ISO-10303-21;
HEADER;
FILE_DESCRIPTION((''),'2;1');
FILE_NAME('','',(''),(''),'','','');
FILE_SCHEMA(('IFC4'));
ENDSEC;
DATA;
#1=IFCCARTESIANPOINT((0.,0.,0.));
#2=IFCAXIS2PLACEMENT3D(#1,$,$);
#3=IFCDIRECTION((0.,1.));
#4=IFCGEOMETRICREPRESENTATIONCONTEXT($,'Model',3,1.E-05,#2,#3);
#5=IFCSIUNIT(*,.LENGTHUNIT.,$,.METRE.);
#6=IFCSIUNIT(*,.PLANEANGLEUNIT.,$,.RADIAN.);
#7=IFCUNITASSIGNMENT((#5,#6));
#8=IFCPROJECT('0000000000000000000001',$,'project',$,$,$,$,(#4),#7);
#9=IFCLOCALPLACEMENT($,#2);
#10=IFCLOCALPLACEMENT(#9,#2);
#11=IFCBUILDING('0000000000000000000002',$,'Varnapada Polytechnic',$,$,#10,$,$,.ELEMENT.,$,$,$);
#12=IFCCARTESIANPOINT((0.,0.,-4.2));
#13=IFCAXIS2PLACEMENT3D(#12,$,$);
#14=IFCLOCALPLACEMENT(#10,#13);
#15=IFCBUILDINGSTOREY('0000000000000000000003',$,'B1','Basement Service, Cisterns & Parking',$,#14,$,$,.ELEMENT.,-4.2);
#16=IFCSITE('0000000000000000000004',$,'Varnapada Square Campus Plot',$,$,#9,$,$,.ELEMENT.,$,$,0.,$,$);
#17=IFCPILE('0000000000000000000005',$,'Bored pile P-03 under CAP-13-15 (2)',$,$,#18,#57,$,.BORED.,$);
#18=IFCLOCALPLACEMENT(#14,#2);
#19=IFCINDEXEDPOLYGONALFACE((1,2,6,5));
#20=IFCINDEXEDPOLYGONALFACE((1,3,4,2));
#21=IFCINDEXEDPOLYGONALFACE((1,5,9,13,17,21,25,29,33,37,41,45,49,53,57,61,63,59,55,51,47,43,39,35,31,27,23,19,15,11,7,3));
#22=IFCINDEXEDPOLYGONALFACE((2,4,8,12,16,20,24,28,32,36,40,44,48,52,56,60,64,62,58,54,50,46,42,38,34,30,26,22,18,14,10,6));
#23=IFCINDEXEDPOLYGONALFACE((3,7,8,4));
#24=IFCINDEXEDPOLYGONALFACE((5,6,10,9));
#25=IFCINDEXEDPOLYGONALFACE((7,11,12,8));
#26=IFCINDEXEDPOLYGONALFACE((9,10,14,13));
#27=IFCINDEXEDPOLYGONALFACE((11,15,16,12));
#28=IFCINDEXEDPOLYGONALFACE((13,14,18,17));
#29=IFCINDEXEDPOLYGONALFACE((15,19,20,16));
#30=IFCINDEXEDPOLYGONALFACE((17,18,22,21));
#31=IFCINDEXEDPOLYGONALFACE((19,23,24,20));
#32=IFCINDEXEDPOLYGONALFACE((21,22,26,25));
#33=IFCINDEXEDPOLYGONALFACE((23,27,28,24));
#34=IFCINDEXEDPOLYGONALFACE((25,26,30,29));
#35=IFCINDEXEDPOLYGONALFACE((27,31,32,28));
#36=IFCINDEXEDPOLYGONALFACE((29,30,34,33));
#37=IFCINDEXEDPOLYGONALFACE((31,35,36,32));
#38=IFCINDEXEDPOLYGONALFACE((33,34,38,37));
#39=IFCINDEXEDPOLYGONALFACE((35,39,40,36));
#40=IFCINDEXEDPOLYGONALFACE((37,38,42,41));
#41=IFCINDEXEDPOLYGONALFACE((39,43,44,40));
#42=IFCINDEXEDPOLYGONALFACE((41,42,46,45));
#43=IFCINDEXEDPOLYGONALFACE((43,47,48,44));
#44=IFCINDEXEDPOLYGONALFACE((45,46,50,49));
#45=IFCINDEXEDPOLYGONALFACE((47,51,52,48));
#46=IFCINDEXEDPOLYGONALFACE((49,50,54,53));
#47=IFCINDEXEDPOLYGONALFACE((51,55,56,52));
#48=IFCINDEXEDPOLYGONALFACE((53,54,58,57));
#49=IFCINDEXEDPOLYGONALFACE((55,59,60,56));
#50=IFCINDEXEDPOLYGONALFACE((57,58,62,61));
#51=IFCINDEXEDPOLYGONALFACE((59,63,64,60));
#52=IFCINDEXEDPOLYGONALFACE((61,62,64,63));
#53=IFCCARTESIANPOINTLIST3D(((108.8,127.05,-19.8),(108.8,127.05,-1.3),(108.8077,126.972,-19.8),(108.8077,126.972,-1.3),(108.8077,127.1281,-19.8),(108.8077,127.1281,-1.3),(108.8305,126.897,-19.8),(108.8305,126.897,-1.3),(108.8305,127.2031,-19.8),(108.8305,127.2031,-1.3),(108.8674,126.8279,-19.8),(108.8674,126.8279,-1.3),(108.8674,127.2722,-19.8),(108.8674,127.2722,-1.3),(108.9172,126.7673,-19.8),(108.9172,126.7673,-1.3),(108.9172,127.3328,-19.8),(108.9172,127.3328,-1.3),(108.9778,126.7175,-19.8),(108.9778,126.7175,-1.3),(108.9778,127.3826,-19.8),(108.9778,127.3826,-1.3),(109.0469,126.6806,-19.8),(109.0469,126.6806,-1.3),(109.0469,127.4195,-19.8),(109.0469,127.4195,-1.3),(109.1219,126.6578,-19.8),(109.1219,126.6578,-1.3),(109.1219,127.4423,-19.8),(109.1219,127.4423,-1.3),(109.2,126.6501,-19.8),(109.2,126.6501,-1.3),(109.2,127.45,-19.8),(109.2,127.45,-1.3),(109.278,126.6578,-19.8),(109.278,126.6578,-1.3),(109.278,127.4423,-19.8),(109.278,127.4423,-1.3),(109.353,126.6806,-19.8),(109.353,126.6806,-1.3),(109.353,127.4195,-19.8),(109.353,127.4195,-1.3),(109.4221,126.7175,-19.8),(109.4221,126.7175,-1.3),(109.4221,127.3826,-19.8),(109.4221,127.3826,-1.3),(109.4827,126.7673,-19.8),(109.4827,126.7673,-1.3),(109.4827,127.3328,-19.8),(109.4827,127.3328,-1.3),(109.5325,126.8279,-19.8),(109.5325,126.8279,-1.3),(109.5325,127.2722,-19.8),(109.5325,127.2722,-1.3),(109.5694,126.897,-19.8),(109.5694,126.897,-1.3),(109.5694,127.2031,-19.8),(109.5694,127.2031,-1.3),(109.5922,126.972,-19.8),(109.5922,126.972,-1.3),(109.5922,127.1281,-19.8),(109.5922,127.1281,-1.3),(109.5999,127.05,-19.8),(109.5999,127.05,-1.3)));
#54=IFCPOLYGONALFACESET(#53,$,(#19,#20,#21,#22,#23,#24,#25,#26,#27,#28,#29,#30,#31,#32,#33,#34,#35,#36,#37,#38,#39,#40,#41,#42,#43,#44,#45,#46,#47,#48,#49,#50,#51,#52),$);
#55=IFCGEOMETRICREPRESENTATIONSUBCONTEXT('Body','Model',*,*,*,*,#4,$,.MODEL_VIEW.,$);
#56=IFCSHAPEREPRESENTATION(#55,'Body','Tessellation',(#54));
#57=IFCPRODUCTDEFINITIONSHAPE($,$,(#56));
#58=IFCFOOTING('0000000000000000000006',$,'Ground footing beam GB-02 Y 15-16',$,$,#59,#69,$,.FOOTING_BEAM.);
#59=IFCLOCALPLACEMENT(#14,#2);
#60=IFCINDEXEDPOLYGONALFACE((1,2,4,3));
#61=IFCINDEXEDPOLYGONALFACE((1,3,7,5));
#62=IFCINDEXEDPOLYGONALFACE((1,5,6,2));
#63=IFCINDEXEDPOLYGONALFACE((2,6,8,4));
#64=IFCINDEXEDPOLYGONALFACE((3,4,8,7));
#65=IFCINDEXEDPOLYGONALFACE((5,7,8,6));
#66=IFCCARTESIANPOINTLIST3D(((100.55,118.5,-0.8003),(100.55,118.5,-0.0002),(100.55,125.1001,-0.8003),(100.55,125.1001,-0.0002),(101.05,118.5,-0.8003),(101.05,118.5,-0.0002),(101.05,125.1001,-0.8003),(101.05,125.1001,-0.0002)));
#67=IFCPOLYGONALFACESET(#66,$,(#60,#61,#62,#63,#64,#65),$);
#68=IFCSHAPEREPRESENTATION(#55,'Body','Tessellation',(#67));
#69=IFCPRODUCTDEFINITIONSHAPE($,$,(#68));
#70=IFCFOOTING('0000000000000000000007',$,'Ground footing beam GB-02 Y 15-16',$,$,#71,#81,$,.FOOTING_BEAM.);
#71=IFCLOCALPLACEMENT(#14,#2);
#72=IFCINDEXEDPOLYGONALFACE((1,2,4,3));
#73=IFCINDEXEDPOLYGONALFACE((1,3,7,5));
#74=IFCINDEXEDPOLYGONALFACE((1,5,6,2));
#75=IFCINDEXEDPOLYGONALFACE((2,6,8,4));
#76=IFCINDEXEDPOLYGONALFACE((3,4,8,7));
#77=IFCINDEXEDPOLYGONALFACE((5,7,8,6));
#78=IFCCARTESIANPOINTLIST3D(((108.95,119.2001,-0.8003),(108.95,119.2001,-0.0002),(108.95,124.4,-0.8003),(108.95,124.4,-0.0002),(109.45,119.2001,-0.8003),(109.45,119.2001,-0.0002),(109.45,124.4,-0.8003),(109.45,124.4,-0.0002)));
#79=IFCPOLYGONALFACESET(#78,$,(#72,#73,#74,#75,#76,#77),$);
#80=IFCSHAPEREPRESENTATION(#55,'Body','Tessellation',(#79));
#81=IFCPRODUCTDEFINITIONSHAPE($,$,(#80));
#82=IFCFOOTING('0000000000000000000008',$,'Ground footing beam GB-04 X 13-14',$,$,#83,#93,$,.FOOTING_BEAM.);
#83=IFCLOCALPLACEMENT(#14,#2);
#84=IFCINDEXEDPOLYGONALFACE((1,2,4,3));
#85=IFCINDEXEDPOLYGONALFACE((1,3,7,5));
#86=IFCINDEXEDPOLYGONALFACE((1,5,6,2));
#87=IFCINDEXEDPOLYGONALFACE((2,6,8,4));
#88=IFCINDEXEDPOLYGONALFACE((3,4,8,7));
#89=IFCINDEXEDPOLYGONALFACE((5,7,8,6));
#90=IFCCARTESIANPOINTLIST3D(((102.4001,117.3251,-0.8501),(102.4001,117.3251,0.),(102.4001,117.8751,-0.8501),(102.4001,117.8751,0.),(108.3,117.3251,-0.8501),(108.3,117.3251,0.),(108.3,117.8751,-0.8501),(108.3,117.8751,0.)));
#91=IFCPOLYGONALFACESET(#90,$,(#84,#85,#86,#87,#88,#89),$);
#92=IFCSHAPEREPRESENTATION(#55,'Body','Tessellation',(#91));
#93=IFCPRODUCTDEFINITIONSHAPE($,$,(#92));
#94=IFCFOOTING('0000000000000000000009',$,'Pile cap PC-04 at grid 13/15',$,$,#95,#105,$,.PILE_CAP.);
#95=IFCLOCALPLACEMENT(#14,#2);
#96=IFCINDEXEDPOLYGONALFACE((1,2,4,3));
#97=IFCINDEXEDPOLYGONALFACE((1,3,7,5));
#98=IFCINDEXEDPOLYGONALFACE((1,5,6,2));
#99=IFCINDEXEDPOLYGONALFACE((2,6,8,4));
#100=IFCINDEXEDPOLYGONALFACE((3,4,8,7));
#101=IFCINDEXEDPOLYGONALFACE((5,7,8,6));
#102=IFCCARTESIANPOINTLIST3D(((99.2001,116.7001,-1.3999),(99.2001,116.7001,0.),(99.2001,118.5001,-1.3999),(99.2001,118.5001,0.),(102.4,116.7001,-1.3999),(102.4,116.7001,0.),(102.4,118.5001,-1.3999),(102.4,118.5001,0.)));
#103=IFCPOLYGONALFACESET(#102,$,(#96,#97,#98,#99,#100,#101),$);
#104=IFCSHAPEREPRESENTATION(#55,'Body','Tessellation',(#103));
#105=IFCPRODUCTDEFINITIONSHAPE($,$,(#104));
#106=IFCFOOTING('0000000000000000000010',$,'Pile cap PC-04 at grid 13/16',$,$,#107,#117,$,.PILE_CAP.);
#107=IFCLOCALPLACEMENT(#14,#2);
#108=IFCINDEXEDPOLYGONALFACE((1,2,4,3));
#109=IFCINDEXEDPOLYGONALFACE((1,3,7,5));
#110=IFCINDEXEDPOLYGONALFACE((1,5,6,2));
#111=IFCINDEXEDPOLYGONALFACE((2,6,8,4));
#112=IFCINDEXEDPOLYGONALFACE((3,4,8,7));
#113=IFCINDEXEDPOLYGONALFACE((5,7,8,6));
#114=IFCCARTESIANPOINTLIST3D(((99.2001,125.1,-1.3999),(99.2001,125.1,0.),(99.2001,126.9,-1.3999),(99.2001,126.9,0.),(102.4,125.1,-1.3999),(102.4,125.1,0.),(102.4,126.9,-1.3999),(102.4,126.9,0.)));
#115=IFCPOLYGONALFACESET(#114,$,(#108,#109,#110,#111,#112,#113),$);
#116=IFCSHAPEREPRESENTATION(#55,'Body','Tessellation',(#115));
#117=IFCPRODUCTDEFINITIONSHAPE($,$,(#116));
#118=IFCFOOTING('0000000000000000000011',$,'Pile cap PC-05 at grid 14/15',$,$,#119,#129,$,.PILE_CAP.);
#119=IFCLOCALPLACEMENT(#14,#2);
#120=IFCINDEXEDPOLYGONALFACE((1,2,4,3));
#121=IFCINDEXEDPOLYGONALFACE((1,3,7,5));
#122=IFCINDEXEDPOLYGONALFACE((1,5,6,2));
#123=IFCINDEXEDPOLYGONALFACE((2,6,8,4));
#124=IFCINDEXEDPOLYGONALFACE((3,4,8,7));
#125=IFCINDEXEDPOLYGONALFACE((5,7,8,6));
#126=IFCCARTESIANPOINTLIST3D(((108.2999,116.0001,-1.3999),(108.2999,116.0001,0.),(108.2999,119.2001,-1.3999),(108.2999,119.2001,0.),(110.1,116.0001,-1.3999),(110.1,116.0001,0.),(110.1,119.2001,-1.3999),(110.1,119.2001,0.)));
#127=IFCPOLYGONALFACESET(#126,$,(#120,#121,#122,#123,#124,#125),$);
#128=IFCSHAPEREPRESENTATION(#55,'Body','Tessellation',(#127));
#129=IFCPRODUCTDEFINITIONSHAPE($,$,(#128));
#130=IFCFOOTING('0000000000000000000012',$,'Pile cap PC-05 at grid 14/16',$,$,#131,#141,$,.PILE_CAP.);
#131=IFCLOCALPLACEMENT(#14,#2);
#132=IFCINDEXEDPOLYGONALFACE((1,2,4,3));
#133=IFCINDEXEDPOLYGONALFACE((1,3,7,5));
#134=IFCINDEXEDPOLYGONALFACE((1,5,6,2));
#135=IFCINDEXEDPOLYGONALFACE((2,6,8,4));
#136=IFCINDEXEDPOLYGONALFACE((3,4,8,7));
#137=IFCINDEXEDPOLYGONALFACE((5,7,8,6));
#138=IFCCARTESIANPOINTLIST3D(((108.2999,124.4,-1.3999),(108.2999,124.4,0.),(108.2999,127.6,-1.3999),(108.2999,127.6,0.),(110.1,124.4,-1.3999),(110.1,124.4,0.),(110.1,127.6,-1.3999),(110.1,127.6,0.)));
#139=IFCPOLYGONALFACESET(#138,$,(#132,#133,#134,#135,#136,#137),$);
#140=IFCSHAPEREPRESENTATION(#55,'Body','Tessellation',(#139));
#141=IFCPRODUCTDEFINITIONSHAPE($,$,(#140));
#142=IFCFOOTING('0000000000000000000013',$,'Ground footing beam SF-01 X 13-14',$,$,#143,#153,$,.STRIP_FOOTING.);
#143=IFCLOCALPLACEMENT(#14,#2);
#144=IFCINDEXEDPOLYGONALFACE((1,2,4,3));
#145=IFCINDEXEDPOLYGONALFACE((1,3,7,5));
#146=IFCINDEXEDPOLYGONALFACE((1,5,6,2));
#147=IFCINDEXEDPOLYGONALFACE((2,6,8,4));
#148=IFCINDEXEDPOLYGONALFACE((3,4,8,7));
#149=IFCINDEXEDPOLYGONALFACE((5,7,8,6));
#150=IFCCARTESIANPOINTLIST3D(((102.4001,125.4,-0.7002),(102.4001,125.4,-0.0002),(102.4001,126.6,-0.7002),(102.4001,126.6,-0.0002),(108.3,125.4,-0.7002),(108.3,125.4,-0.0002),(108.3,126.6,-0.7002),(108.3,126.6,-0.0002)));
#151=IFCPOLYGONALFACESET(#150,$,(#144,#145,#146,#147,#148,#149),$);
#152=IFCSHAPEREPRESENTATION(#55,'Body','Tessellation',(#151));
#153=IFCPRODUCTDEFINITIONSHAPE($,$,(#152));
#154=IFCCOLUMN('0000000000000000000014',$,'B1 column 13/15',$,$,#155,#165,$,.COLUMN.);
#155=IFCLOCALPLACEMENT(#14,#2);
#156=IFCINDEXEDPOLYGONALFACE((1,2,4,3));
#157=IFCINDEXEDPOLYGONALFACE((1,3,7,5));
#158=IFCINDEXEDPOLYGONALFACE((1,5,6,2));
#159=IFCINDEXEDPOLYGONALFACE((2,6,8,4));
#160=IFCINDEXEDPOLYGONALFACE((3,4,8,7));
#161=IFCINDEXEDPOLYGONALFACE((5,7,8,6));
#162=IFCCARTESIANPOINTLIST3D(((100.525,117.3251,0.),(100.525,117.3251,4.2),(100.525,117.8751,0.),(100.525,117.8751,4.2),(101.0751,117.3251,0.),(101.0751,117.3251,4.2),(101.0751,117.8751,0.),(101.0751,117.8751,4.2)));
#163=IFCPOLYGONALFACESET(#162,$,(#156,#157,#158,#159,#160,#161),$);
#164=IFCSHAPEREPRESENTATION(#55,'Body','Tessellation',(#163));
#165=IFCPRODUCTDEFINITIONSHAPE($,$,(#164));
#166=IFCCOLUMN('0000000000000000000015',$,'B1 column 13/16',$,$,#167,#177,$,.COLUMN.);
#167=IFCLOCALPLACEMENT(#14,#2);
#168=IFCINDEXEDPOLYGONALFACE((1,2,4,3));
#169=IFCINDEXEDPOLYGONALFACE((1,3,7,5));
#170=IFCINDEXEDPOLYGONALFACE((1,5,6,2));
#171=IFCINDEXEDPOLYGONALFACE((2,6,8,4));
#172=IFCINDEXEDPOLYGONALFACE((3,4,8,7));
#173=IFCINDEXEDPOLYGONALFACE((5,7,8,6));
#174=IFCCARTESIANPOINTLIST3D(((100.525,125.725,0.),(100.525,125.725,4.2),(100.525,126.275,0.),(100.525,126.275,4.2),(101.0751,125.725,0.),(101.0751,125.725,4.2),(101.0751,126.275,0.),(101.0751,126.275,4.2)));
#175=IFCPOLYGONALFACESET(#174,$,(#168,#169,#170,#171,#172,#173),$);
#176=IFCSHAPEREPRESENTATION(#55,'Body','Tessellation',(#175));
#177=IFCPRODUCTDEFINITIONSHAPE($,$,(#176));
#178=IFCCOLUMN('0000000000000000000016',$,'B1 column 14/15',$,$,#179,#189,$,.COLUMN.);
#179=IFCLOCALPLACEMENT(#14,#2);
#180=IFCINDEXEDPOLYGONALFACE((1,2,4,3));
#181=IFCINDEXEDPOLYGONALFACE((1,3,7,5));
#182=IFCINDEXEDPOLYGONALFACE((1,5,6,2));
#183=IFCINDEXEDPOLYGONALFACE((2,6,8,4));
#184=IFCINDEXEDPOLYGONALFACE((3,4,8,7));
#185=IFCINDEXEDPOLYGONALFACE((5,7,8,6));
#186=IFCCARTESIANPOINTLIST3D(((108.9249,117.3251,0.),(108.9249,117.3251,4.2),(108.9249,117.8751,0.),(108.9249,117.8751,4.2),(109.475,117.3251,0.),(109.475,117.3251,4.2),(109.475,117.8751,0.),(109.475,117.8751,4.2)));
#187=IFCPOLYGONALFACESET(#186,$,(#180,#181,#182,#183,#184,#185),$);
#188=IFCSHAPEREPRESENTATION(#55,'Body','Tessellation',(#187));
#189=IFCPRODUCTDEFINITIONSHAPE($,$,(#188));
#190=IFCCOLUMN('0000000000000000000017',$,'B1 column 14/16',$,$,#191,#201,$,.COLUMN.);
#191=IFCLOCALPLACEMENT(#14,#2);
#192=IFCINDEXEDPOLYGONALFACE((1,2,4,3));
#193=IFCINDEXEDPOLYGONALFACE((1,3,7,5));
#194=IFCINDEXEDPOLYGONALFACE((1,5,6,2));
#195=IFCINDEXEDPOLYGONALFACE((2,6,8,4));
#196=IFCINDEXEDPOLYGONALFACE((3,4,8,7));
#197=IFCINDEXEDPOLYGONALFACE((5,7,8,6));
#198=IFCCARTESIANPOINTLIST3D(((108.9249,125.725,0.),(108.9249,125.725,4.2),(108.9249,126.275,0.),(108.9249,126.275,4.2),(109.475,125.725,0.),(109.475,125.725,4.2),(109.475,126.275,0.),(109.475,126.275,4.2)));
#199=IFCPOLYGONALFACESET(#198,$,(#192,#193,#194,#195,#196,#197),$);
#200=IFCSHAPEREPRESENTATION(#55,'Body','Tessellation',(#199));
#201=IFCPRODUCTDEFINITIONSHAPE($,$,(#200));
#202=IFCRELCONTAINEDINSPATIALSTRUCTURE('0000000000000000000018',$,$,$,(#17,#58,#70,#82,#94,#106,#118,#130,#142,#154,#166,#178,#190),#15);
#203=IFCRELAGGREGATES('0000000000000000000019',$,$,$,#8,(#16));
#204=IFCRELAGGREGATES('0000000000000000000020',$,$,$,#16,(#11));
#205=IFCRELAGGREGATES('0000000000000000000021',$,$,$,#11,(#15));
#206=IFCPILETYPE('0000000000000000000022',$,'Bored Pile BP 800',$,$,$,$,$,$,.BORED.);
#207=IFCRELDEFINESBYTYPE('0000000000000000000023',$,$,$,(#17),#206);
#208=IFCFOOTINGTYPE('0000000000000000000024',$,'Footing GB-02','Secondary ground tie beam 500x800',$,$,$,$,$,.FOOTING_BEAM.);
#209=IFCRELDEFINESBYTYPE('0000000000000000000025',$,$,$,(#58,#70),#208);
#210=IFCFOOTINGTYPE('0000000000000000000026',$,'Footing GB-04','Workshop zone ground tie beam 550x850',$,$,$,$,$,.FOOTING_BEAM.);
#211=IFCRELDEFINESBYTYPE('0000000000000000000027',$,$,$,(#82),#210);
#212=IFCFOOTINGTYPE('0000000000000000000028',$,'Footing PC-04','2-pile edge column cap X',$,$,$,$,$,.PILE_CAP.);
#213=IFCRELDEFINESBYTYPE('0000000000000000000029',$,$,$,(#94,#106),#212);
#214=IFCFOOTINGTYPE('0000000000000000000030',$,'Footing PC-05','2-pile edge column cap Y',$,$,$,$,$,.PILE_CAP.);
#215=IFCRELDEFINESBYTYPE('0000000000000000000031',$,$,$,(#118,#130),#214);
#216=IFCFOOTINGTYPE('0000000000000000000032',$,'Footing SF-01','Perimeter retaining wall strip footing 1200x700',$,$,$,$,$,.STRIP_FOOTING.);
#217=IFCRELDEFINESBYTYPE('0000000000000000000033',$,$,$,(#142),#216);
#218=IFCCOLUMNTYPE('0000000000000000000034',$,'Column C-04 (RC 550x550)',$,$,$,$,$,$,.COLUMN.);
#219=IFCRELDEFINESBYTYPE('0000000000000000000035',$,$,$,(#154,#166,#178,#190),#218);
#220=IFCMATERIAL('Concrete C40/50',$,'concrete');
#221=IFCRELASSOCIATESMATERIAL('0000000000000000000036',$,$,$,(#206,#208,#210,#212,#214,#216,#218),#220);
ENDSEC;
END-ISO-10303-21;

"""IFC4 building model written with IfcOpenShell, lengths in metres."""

from ifc_helpers import new_model, si_unit, direction, frame, origin, origin_2d, place, context, subcontext, project, spatial, rectangle, circle, extrude, material, material_profile, profile_set, type_object, element, save


model = new_model("IFC4")

# Units and contexts
model_context = context("Model", 3, precision=1e-05, world=origin(), true_north=direction((0.0, 1.0)))
body_context = subcontext(model_context, "Body", "Model", "MODEL_VIEW")
ifc_project = project(units=[si_unit("LENGTHUNIT", "METRE"), si_unit("PLANEANGLEUNIT", "RADIAN")], contexts=[model_context])

# Site, building, storey
site_placement = place(None, origin())
site = spatial("IfcSite", under=ifc_project, at=site_placement, Name="Varnapada Square Campus Plot", CompositionType="ELEMENT", RefElevation=0.0)
building_placement = place(site_placement, origin())
building = spatial("IfcBuilding", under=site, at=building_placement, Name="Varnapada Polytechnic", CompositionType="ELEMENT")
storey_placement = place(building_placement, frame((0.0, 0.0, -4.2)))
storey = spatial("IfcBuildingStorey", under=building, at=storey_placement, Name="B1", Description="Basement Service, Cisterns & Parking", CompositionType="ELEMENT", Elevation=-4.2)

# Pile
ifc_material_1 = material(Name="Concrete C40/50", Category="concrete")
ifc_material_profile_1 = material_profile(ifc_material_1, circle(Radius=0.3999, at=origin_2d()), Name="BP 800")
ifc_profile_set_1 = profile_set([ifc_material_profile_1], Name="Concrete C40/50")
pile_type = type_object("IfcPileType", Name="Bored Pile BP 800", PredefinedType="BORED", material=ifc_profile_set_1)
for number, where, z_axis, x_axis, name in (
    (1, (109.2, 127.05, -1.3), (0.0, 0.0, -1.0), (1.0, 0.0, 0.0), "Bored pile P-03 under CAP-13-15 (2)"),
):
    element("IfcPile", number, at=place(storey_placement, frame(where, z_axis=z_axis, x_axis=x_axis)), inside=storey, type_object=pile_type, Name=name, PredefinedType="BORED", context=body_context, shape_type="SweptSolid", body=[
        extrude(circle(Radius=0.3999, at=origin_2d()), origin(), (0.0, 0.0, 1.0), 18.5),
    ])

# Footings
footing_type_1 = type_object("IfcFootingType", Name="Footing GB-02", Description="Secondary ground tie beam 500x800", PredefinedType="FOOTING_BEAM", material=ifc_material_1)
footing_1_placement = place(storey_placement, frame((100.8, 121.8, -0.8003), z_axis=(0.0, 0.0, 1.0), x_axis=(0.0, 1.0, 0.0)))
element("IfcFooting", 2, at=footing_1_placement, inside=storey, type_object=footing_type_1, Name="Ground footing beam GB-02 Y 15-16", PredefinedType="FOOTING_BEAM", context=body_context, shape_type="SweptSolid", body=[
    extrude(rectangle(XDim=6.6001, YDim=0.5, at=origin_2d()), origin(), (0.0, 0.0, 1.0), 0.8),
])
footing_2_placement = place(storey_placement, frame((109.2, 121.8, -0.8003), z_axis=(0.0, 0.0, 1.0), x_axis=(0.0, 1.0, 0.0)))
element("IfcFooting", 3, at=footing_2_placement, inside=storey, type_object=footing_type_1, Name="Ground footing beam GB-02 Y 15-16", PredefinedType="FOOTING_BEAM", context=body_context, shape_type="SweptSolid", body=[
    extrude(rectangle(XDim=5.2, YDim=0.5, at=origin_2d()), origin(), (0.0, 0.0, 1.0), 0.8),
])
footing_type_2 = type_object("IfcFootingType", Name="Footing GB-04", Description="Workshop zone ground tie beam 550x850", PredefinedType="FOOTING_BEAM", material=ifc_material_1)
footing_3_placement = place(storey_placement, frame((105.3501, 117.6001, -0.8501), z_axis=(0.0, 0.0, 1.0), x_axis=(1.0, 0.0, 0.0)))
element("IfcFooting", 4, at=footing_3_placement, inside=storey, type_object=footing_type_2, Name="Ground footing beam GB-04 X 13-14", PredefinedType="FOOTING_BEAM", context=body_context, shape_type="SweptSolid", body=[
    extrude(rectangle(XDim=5.8999, YDim=0.55, at=origin_2d()), origin(), (0.0, 0.0, 1.0), 0.8501),
])
footing_type_3 = type_object("IfcFootingType", Name="Footing PC-04", Description="2-pile edge column cap X", PredefinedType="PILE_CAP", material=ifc_material_1)
for number, where, z_axis, x_axis, name in (
    (5, (100.8, 117.6001, -1.3999), (0.0, 0.0, 1.0), (1.0, 0.0, 0.0), "Pile cap PC-04 at grid 13/15"),
    (6, (100.8, 126.0, -1.3999), (0.0, 0.0, 1.0), (1.0, 0.0, 0.0), "Pile cap PC-04 at grid 13/16"),
):
    element("IfcFooting", number, at=place(storey_placement, frame(where, z_axis=z_axis, x_axis=x_axis)), inside=storey, type_object=footing_type_3, Name=name, PredefinedType="PILE_CAP", context=body_context, shape_type="SweptSolid", body=[
        extrude(rectangle(XDim=3.2, YDim=1.8, at=origin_2d()), origin(), (0.0, 0.0, 1.0), 1.3999),
    ])
footing_type_4 = type_object("IfcFootingType", Name="Footing PC-05", Description="2-pile edge column cap Y", PredefinedType="PILE_CAP", material=ifc_material_1)
for number, where, z_axis, x_axis, name in (
    (7, (109.2, 117.6001, -1.3999), (0.0, 0.0, 1.0), (1.0, 0.0, 0.0), "Pile cap PC-05 at grid 14/15"),
    (8, (109.2, 126.0, -1.3999), (0.0, 0.0, 1.0), (1.0, 0.0, 0.0), "Pile cap PC-05 at grid 14/16"),
):
    element("IfcFooting", number, at=place(storey_placement, frame(where, z_axis=z_axis, x_axis=x_axis)), inside=storey, type_object=footing_type_4, Name=name, PredefinedType="PILE_CAP", context=body_context, shape_type="SweptSolid", body=[
        extrude(rectangle(XDim=1.8, YDim=3.2, at=origin_2d()), origin(), (0.0, 0.0, 1.0), 1.3999),
    ])
footing_type_5 = type_object("IfcFootingType", Name="Footing SF-01", Description="Perimeter retaining wall strip footing 1200x700", PredefinedType="STRIP_FOOTING", material=ifc_material_1)
footing_4_placement = place(storey_placement, frame((105.3501, 126.0, -0.7002), z_axis=(0.0, 0.0, 1.0), x_axis=(1.0, 0.0, 0.0)))
element("IfcFooting", 9, at=footing_4_placement, inside=storey, type_object=footing_type_5, Name="Ground footing beam SF-01 X 13-14", PredefinedType="STRIP_FOOTING", context=body_context, shape_type="SweptSolid", body=[
    extrude(rectangle(XDim=5.8999, YDim=1.2, at=origin_2d()), origin(), (0.0, 0.0, 1.0), 0.7),
])

# Columns
ifc_material_profile_2 = material_profile(ifc_material_1, rectangle(XDim=0.55, YDim=0.55, at=origin_2d()), Name="RC 550x550")
ifc_profile_set_2 = profile_set([ifc_material_profile_2], Name="Concrete C40/50")
column_type = type_object("IfcColumnType", Name="Column C-04 (RC 550x550)", PredefinedType="COLUMN", material=ifc_profile_set_2)
for number, where, z_axis, x_axis, name in (
    (10, (100.8, 117.6001, 0.0), (0.0, 0.0, 1.0), (1.0, 0.0, 0.0), "B1 column 13/15"),
    (11, (100.8, 126.0, 0.0), (0.0, 0.0, 1.0), (1.0, 0.0, 0.0), "B1 column 13/16"),
    (12, (109.2, 117.6001, 0.0), (0.0, 0.0, 1.0), (1.0, 0.0, 0.0), "B1 column 14/15"),
    (13, (109.2, 126.0, 0.0), (0.0, 0.0, 1.0), (1.0, 0.0, 0.0), "B1 column 14/16"),
):
    element("IfcColumn", number, at=place(storey_placement, frame(where, z_axis=z_axis, x_axis=x_axis)), inside=storey, type_object=column_type, Name=name, PredefinedType="COLUMN", context=body_context, shape_type="SweptSolid", body=[
        extrude(rectangle(XDim=0.55, YDim=0.55, at=origin_2d()), origin(), (0.0, 0.0, 1.0), 4.2),
    ])

save(model, "model.ifc")
